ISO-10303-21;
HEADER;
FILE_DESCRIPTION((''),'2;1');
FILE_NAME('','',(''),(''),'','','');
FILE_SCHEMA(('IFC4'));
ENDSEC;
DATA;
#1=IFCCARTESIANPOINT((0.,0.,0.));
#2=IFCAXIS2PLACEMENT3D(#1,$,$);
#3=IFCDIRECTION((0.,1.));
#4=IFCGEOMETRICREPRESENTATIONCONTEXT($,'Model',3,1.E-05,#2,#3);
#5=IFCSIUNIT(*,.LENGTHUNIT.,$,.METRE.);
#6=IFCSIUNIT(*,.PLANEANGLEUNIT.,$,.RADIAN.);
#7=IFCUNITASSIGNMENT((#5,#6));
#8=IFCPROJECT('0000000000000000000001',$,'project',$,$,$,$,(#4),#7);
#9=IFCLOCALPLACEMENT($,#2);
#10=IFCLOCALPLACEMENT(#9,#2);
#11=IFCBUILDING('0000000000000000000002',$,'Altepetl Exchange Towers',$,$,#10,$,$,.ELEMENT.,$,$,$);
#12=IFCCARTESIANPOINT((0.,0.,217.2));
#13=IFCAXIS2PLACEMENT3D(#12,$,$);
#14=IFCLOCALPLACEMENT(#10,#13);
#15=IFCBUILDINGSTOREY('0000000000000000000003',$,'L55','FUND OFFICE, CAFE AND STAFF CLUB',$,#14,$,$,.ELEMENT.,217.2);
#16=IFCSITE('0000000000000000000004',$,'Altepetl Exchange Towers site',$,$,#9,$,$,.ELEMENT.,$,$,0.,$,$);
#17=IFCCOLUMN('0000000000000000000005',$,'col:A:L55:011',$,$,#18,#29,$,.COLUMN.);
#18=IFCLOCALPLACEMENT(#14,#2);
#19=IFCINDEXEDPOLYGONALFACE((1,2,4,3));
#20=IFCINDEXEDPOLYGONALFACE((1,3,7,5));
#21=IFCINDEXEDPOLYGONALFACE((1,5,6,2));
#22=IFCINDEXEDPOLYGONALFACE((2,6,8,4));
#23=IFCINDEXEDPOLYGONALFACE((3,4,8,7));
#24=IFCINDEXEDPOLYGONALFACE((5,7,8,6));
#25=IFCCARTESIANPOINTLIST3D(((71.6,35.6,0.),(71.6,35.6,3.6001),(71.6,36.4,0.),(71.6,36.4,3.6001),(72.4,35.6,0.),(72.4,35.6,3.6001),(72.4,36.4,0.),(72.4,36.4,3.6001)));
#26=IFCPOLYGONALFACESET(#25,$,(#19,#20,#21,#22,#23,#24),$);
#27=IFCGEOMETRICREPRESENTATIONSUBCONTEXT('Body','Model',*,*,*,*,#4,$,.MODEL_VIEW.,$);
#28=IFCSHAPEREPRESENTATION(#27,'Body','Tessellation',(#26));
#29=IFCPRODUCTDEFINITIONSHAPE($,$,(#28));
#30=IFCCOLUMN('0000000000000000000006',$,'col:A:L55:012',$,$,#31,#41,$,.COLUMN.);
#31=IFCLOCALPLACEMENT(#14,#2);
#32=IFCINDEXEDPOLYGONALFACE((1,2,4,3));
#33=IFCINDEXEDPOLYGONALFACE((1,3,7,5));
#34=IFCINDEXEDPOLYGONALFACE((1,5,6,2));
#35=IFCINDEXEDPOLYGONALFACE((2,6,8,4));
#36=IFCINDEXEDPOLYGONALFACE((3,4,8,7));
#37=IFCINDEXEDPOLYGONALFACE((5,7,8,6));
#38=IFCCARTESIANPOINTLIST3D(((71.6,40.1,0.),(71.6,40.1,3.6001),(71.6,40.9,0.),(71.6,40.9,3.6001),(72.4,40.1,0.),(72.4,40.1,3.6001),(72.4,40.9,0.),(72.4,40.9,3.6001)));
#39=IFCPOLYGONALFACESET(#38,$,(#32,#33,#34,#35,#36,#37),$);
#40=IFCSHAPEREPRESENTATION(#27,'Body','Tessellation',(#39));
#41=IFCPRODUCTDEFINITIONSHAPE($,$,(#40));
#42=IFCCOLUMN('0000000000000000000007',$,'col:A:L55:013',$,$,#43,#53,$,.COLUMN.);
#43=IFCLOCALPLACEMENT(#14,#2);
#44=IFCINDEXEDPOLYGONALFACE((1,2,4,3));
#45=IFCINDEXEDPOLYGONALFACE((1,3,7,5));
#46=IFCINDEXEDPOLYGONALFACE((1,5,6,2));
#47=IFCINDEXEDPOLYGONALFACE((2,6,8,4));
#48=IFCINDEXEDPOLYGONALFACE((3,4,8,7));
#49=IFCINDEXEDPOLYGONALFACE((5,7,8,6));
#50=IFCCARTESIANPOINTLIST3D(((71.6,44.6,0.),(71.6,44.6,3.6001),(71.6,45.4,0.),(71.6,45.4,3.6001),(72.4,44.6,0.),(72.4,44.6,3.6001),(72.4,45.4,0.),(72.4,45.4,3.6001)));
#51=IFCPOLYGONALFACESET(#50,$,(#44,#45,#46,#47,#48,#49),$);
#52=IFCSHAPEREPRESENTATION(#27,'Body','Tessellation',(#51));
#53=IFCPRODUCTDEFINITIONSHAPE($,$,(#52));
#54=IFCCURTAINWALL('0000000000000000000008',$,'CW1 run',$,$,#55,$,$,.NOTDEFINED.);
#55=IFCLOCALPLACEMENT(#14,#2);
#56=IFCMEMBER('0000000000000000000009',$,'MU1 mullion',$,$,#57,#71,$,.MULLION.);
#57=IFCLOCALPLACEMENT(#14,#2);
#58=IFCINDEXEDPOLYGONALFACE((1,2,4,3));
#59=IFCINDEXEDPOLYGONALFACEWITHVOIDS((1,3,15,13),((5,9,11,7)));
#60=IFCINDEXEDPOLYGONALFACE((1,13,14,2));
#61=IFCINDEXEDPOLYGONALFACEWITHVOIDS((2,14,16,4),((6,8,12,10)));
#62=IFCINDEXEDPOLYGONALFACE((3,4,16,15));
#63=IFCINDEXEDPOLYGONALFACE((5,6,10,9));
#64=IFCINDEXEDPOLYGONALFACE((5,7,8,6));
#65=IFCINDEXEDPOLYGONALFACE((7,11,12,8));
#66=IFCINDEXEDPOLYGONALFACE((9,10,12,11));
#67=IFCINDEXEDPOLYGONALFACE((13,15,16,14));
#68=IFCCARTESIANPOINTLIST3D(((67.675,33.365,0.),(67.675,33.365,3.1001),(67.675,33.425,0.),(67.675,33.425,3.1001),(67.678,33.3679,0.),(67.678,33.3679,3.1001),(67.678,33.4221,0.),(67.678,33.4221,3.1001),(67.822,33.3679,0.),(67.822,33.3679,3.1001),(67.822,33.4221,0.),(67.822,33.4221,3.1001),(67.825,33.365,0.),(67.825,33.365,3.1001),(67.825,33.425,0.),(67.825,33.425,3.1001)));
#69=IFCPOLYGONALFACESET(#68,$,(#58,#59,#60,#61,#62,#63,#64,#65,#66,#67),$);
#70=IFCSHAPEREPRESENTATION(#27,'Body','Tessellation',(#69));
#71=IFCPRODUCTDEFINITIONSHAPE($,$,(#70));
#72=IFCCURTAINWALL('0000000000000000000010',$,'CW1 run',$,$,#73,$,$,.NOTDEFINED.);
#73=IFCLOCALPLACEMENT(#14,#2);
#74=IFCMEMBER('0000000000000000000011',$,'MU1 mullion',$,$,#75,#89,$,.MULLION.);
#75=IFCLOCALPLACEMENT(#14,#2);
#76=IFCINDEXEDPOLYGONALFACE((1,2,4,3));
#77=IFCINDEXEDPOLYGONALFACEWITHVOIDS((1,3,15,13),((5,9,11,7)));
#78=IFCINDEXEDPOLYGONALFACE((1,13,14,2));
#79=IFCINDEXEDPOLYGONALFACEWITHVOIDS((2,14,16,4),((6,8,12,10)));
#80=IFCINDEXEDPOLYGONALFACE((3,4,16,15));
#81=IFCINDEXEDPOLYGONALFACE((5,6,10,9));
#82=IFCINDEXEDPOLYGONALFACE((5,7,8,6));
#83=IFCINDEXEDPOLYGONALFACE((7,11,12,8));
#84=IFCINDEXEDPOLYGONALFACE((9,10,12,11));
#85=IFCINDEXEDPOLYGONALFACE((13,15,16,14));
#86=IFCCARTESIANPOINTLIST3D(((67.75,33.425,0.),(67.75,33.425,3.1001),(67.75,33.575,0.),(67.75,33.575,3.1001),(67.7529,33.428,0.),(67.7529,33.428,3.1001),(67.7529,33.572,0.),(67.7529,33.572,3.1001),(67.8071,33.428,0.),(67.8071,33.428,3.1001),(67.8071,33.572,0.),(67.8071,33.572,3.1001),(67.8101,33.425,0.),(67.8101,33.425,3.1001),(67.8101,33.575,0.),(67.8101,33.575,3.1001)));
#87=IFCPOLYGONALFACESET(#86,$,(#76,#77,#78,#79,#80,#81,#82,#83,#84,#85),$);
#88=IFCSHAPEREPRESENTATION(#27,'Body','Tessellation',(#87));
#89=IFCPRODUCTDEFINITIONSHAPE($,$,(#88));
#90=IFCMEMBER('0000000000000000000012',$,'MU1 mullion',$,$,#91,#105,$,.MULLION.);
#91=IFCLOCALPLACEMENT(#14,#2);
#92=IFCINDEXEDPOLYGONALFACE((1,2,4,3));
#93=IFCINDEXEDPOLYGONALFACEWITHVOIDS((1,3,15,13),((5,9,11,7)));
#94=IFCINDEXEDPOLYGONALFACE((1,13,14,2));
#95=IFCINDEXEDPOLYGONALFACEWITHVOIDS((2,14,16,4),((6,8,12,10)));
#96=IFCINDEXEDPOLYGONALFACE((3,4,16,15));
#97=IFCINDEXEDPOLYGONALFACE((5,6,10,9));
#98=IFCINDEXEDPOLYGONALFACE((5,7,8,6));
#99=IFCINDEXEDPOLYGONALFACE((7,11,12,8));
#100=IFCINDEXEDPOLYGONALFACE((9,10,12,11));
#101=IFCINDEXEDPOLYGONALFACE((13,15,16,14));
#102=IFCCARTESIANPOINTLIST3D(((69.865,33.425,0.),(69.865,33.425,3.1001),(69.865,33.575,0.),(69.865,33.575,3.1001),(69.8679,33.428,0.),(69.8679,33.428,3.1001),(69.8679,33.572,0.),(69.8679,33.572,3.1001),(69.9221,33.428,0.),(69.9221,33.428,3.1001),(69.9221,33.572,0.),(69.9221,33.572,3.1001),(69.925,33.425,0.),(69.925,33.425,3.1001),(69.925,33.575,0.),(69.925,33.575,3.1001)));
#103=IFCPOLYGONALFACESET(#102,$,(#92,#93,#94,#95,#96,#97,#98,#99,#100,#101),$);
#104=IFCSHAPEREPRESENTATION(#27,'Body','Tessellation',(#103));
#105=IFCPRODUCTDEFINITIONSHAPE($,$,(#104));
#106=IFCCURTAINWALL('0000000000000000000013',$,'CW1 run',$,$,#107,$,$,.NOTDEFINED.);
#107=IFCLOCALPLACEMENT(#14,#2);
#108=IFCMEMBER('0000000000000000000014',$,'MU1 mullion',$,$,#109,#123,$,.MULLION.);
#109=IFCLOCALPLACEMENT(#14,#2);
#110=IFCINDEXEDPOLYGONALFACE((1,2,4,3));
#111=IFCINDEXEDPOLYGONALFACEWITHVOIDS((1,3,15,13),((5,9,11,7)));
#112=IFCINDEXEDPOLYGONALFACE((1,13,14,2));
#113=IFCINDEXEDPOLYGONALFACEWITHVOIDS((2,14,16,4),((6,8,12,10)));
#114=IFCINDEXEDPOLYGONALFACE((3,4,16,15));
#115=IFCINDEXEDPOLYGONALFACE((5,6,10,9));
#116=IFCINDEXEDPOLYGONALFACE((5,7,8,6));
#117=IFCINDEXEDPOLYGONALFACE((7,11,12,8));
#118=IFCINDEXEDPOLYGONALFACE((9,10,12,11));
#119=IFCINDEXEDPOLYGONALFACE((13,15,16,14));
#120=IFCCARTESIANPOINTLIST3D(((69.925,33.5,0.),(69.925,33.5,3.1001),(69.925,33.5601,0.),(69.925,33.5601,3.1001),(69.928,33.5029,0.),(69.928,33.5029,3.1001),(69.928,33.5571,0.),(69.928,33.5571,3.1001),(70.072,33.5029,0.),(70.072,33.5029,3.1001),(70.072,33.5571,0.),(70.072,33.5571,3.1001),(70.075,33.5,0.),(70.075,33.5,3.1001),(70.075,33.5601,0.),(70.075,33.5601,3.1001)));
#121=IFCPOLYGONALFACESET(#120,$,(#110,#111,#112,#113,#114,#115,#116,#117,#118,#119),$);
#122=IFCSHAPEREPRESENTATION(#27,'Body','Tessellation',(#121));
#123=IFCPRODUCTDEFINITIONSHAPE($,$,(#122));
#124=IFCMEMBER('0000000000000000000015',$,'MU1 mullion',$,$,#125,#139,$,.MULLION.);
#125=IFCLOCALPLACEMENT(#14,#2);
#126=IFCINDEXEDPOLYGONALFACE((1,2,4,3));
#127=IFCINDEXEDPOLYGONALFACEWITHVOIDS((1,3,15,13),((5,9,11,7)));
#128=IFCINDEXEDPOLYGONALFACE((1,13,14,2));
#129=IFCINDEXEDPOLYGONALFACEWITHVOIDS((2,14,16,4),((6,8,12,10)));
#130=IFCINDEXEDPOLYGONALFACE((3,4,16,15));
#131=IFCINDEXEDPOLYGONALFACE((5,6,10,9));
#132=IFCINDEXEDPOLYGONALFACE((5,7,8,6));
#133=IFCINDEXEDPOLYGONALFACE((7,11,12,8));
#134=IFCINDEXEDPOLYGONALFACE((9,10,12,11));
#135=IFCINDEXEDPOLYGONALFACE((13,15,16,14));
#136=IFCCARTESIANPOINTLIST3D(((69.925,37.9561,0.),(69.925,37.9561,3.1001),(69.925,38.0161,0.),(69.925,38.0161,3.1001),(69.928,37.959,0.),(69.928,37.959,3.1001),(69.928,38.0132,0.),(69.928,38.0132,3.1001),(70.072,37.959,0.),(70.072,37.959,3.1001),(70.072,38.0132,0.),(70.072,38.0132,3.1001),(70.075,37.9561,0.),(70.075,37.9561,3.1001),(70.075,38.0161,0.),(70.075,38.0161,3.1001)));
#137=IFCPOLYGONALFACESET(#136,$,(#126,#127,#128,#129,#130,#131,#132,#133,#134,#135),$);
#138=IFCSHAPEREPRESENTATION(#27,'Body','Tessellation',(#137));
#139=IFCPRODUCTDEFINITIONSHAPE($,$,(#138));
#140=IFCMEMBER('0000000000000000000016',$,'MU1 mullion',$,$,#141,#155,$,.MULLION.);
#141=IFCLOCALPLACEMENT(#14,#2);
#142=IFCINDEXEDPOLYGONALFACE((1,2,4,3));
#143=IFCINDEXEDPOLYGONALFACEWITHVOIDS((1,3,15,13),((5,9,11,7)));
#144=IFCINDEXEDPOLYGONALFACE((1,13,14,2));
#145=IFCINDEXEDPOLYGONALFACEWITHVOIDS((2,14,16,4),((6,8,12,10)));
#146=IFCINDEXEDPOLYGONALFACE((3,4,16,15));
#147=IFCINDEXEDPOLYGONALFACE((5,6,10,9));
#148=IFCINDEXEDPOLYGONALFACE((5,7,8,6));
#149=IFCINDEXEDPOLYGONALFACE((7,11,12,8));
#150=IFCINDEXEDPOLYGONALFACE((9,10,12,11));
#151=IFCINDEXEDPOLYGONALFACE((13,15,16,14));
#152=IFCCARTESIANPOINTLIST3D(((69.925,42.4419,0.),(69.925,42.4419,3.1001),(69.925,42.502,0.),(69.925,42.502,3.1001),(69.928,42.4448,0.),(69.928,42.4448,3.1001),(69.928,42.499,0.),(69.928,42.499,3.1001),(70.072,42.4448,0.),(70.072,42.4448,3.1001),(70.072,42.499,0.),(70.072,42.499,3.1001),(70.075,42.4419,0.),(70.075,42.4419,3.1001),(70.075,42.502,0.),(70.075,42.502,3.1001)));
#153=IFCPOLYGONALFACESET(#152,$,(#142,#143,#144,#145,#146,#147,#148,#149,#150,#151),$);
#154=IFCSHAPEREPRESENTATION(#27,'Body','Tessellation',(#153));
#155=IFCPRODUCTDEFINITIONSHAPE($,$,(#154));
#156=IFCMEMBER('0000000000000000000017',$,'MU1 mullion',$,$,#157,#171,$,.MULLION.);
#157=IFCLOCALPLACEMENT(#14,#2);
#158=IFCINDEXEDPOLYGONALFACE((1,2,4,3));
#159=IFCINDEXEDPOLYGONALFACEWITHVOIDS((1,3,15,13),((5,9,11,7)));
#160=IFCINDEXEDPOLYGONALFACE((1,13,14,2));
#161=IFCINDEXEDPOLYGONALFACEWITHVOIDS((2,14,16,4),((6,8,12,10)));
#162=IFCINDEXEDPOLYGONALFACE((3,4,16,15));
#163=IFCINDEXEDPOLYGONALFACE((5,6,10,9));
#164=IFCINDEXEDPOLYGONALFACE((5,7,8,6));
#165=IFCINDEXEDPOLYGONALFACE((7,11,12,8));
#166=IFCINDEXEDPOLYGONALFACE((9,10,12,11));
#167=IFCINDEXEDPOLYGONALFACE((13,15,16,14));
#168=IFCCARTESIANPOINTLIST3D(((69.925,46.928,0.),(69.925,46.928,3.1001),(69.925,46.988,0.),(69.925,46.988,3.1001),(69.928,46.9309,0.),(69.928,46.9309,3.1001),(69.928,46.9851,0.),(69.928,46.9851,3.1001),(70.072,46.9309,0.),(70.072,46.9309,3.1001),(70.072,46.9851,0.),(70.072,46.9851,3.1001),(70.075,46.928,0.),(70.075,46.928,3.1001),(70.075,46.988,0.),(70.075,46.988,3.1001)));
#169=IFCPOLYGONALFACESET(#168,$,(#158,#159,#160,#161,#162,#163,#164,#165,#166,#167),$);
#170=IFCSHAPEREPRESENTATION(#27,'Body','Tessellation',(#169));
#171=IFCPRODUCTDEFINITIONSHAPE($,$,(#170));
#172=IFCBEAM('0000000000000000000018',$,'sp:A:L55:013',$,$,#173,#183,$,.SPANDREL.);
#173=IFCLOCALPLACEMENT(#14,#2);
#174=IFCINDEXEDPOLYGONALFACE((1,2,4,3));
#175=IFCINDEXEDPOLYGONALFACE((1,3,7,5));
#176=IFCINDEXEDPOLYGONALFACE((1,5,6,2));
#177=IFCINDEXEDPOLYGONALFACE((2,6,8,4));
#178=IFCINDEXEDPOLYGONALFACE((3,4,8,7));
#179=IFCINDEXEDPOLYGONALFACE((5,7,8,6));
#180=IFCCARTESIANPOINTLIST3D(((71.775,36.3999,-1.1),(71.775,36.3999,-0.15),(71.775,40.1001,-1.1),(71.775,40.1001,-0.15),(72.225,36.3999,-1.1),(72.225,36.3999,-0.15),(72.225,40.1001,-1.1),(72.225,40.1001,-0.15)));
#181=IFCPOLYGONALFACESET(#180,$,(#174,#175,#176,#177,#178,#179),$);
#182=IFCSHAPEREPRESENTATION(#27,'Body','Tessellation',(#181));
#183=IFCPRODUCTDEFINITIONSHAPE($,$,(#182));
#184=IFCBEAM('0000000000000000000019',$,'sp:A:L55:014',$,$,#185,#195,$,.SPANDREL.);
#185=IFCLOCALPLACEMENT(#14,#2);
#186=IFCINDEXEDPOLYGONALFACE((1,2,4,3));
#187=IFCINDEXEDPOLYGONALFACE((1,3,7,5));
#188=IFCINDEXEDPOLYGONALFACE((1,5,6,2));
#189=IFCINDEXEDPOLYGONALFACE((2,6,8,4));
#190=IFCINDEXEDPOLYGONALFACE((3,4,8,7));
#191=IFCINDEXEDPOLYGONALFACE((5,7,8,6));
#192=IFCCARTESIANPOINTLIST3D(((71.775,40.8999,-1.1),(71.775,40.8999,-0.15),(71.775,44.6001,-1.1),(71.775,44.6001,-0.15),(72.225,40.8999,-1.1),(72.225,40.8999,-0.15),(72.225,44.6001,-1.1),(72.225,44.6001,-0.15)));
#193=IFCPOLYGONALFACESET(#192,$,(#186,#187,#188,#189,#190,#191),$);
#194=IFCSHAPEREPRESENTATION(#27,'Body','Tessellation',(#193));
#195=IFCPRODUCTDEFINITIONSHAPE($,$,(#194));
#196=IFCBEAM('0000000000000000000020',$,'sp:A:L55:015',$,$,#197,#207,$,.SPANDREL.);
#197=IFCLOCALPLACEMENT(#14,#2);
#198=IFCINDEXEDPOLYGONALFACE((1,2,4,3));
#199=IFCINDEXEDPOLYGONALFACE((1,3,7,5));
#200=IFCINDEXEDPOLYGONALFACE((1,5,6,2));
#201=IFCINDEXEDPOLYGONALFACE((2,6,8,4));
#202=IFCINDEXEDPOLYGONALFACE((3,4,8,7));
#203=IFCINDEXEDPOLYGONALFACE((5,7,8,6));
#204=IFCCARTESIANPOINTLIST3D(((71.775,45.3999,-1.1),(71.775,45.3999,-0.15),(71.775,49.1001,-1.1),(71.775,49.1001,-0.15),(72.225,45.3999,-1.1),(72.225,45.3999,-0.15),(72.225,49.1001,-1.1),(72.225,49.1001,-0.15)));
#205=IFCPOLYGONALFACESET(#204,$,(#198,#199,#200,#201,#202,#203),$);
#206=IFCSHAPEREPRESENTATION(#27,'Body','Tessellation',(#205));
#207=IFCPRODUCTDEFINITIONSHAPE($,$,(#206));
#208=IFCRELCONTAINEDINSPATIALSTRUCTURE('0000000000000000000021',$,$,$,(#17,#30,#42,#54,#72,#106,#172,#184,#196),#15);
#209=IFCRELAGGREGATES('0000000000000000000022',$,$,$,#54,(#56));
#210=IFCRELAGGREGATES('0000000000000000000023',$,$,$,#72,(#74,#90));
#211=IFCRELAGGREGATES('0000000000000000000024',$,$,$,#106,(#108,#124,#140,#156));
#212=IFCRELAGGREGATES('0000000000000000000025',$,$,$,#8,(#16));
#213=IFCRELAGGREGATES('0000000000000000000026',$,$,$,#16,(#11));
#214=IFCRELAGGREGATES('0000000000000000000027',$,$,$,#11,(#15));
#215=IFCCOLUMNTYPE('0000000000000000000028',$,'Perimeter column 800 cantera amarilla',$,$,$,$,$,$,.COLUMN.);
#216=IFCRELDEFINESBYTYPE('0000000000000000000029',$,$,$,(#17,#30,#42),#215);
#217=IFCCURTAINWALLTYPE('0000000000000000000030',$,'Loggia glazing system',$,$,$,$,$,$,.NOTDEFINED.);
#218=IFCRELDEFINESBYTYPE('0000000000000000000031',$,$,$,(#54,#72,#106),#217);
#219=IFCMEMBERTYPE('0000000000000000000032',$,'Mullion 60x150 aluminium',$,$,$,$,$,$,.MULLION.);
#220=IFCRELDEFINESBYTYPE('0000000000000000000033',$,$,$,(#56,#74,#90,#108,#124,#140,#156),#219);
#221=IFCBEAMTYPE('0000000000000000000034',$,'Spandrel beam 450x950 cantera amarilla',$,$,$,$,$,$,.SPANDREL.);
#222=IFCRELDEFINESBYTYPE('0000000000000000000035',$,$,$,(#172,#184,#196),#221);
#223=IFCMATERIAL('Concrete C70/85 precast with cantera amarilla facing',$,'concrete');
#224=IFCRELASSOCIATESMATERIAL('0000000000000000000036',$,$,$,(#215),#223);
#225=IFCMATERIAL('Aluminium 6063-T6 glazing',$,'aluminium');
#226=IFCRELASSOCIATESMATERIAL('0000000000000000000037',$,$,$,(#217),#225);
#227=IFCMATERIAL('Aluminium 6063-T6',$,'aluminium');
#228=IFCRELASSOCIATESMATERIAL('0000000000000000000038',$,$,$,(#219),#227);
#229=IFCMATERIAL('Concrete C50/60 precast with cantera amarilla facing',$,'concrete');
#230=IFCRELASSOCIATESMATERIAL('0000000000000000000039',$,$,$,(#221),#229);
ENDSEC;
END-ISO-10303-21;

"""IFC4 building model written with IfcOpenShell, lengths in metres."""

from ifc_helpers import new_model, si_unit, direction, frame, origin, origin_2d, place, context, subcontext, project, spatial, rectangle, hollow_rectangle, extrude, material, material_profile, profile_set, type_object, element, aggregate, save


model = new_model("IFC4")

# Units and contexts
model_context = context("Model", 3, precision=1e-05, world=origin(), true_north=direction((0.0, 1.0)))
body_context = subcontext(model_context, "Body", "Model", "MODEL_VIEW")
ifc_project = project(units=[si_unit("LENGTHUNIT", "METRE"), si_unit("PLANEANGLEUNIT", "RADIAN")], contexts=[model_context])

# Site, building, storey
site_placement = place(None, origin())
site = spatial("IfcSite", under=ifc_project, at=site_placement, Name="Altepetl Exchange Towers site", CompositionType="ELEMENT", RefElevation=0.0)
building_placement = place(site_placement, origin())
building = spatial("IfcBuilding", under=site, at=building_placement, Name="Altepetl Exchange Towers", CompositionType="ELEMENT")
storey_placement = place(building_placement, frame((0.0, 0.0, 217.2)))
storey = spatial("IfcBuildingStorey", under=building, at=storey_placement, Name="L55", Description="FUND OFFICE, CAFE AND STAFF CLUB", CompositionType="ELEMENT", Elevation=217.2)

# Columns
ifc_material_1 = material(Name="Concrete C70/85 precast with cantera amarilla facing", Category="concrete")
ifc_material_profile_1 = material_profile(ifc_material_1, rectangle(XDim=0.8, YDim=0.8, at=origin_2d()), Name="800 x 800")
ifc_profile_set_1 = profile_set([ifc_material_profile_1], Name="Concrete C70/85 precast with cantera amarilla facing")
column_type = type_object("IfcColumnType", Name="Perimeter column 800 cantera amarilla", PredefinedType="COLUMN", material=ifc_profile_set_1)
for number, where, name in (
    (1, (72.0, 36.0, 0.0), "col:A:L55:011"),
    (2, (72.0, 40.5, 0.0), "col:A:L55:012"),
    (3, (72.0, 45.0, 0.0), "col:A:L55:013"),
):
    element("IfcColumn", number, at=place(storey_placement, frame(where)), inside=storey, type_object=column_type, Name=name, PredefinedType="COLUMN", context=body_context, shape_type="SweptSolid", body=[
        extrude(rectangle(XDim=0.8, YDim=0.8, at=origin_2d()), origin(), (0.0, 0.0, 1.0), 3.6001),
    ])

# Curtain wall, member
ifc_material_2 = material(Name="Aluminium 6063-T6 glazing", Category="aluminium")
curtain_wall_type = type_object("IfcCurtainWallType", Name="Loggia glazing system", PredefinedType="NOTDEFINED", material=ifc_material_2)
curtain_wall_1_placement = place(storey_placement, origin())
curtain_wall_1 = element("IfcCurtainWall", 4, at=curtain_wall_1_placement, inside=storey, type_object=curtain_wall_type, Name="CW1 run", PredefinedType="NOTDEFINED")
ifc_material_3 = material(Name="Aluminium 6063-T6", Category="aluminium")
ifc_material_profile_2 = material_profile(ifc_material_3, hollow_rectangle(XDim=0.0601, YDim=0.1499, WallThickness=0.0029, at=origin_2d()), Name="Mullion 60x150 aluminium")
ifc_profile_set_2 = profile_set([ifc_material_profile_2], Name="Aluminium 6063-T6")
member_type = type_object("IfcMemberType", Name="Mullion 60x150 aluminium", PredefinedType="MULLION", material=ifc_profile_set_2)
member_1_placement = place(storey_placement, frame((67.75, 33.395, 0.0), z_axis=(0.0, 0.0, 1.0), x_axis=(0.0, 1.0, 0.0)))
member_1 = element("IfcMember", 5, at=member_1_placement, type_object=member_type, Name="MU1 mullion", PredefinedType="MULLION", context=body_context, shape_type="SweptSolid", body=[
    extrude(hollow_rectangle(XDim=0.0601, YDim=0.1499, WallThickness=0.0029, at=origin_2d()), origin(), (0.0, 0.0, 1.0), 3.1001),
])

# Curtain walls, members
curtain_wall_2_placement = place(storey_placement, origin())
curtain_wall_2 = element("IfcCurtainWall", 6, at=curtain_wall_2_placement, inside=storey, type_object=curtain_wall_type, Name="CW1 run", PredefinedType="NOTDEFINED")
member_2_placement = place(storey_placement, frame((67.78, 33.5, 0.0)))
member_2 = element("IfcMember", 7, at=member_2_placement, type_object=member_type, Name="MU1 mullion", PredefinedType="MULLION", context=body_context, shape_type="SweptSolid", body=[
    extrude(hollow_rectangle(XDim=0.0601, YDim=0.1499, WallThickness=0.0029, at=origin_2d()), origin(), (0.0, 0.0, 1.0), 3.1001),
])
member_3_placement = place(storey_placement, frame((69.895, 33.5, 0.0)))
member_3 = element("IfcMember", 8, at=member_3_placement, type_object=member_type, Name="MU1 mullion", PredefinedType="MULLION", context=body_context, shape_type="SweptSolid", body=[
    extrude(hollow_rectangle(XDim=0.0601, YDim=0.1499, WallThickness=0.0029, at=origin_2d()), origin(), (0.0, 0.0, 1.0), 3.1001),
])
curtain_wall_3_placement = place(storey_placement, origin())
curtain_wall_3 = element("IfcCurtainWall", 9, at=curtain_wall_3_placement, inside=storey, type_object=curtain_wall_type, Name="CW1 run", PredefinedType="NOTDEFINED")
member_4_placement = place(storey_placement, frame((70.0, 33.53, 0.0), z_axis=(0.0, 0.0, 1.0), x_axis=(0.0, 1.0, 0.0)))
member_4 = element("IfcMember", 10, at=member_4_placement, type_object=member_type, Name="MU1 mullion", PredefinedType="MULLION", context=body_context, shape_type="SweptSolid", body=[
    extrude(hollow_rectangle(XDim=0.0601, YDim=0.1499, WallThickness=0.0029, at=origin_2d()), origin(), (0.0, 0.0, 1.0), 3.1001),
])
member_5_placement = place(storey_placement, frame((70.0, 37.9861, 0.0), z_axis=(0.0, 0.0, 1.0), x_axis=(0.0, 1.0, 0.0)))
member_5 = element("IfcMember", 11, at=member_5_placement, type_object=member_type, Name="MU1 mullion", PredefinedType="MULLION", context=body_context, shape_type="SweptSolid", body=[
    extrude(hollow_rectangle(XDim=0.0601, YDim=0.1499, WallThickness=0.0029, at=origin_2d()), origin(), (0.0, 0.0, 1.0), 3.1001),
])
member_6_placement = place(storey_placement, frame((70.0, 42.4719, 0.0), z_axis=(0.0, 0.0, 1.0), x_axis=(0.0, 1.0, 0.0)))
member_6 = element("IfcMember", 12, at=member_6_placement, type_object=member_type, Name="MU1 mullion", PredefinedType="MULLION", context=body_context, shape_type="SweptSolid", body=[
    extrude(hollow_rectangle(XDim=0.0601, YDim=0.1499, WallThickness=0.0029, at=origin_2d()), origin(), (0.0, 0.0, 1.0), 3.1001),
])
member_7_placement = place(storey_placement, frame((70.0, 46.958, 0.0), z_axis=(0.0, 0.0, 1.0), x_axis=(0.0, 1.0, 0.0)))
member_7 = element("IfcMember", 13, at=member_7_placement, type_object=member_type, Name="MU1 mullion", PredefinedType="MULLION", context=body_context, shape_type="SweptSolid", body=[
    extrude(hollow_rectangle(XDim=0.0601, YDim=0.1499, WallThickness=0.0029, at=origin_2d()), origin(), (0.0, 0.0, 1.0), 3.1001),
])

# Beams
ifc_material_4 = material(Name="Concrete C50/60 precast with cantera amarilla facing", Category="concrete")
ifc_material_profile_3 = material_profile(ifc_material_4, rectangle(XDim=0.45, YDim=0.95, at=origin_2d()), Name="450 x 950")
ifc_profile_set_3 = profile_set([ifc_material_profile_3], Name="Concrete C50/60 precast with cantera amarilla facing")
beam_type = type_object("IfcBeamType", Name="Spandrel beam 450x950 cantera amarilla", PredefinedType="SPANDREL", material=ifc_profile_set_3)
for number, where, z_axis, x_axis, name in (
    (14, (72.0, 36.3999, -0.625), (0.0, 1.0, 0.0), (-1.0, 0.0, 0.0), "sp:A:L55:013"),
    (15, (72.0, 40.8999, -0.625), (0.0, 1.0, 0.0), (-1.0, 0.0, 0.0), "sp:A:L55:014"),
    (16, (72.0, 45.3999, -0.625), (0.0, 1.0, 0.0), (-1.0, 0.0, 0.0), "sp:A:L55:015"),
):
    element("IfcBeam", number, at=place(storey_placement, frame(where, z_axis=z_axis, x_axis=x_axis)), inside=storey, type_object=beam_type, Name=name, PredefinedType="SPANDREL", context=body_context, shape_type="SweptSolid", body=[
        extrude(rectangle(XDim=0.45, YDim=0.95, at=origin_2d()), origin(), (0.0, 0.0, 1.0), 3.7002),
    ])

aggregate(curtain_wall_1, [member_1])
aggregate(curtain_wall_2, [member_2, member_3])
aggregate(curtain_wall_3, [member_4, member_5, member_6, member_7])

save(model, "model.ifc")
